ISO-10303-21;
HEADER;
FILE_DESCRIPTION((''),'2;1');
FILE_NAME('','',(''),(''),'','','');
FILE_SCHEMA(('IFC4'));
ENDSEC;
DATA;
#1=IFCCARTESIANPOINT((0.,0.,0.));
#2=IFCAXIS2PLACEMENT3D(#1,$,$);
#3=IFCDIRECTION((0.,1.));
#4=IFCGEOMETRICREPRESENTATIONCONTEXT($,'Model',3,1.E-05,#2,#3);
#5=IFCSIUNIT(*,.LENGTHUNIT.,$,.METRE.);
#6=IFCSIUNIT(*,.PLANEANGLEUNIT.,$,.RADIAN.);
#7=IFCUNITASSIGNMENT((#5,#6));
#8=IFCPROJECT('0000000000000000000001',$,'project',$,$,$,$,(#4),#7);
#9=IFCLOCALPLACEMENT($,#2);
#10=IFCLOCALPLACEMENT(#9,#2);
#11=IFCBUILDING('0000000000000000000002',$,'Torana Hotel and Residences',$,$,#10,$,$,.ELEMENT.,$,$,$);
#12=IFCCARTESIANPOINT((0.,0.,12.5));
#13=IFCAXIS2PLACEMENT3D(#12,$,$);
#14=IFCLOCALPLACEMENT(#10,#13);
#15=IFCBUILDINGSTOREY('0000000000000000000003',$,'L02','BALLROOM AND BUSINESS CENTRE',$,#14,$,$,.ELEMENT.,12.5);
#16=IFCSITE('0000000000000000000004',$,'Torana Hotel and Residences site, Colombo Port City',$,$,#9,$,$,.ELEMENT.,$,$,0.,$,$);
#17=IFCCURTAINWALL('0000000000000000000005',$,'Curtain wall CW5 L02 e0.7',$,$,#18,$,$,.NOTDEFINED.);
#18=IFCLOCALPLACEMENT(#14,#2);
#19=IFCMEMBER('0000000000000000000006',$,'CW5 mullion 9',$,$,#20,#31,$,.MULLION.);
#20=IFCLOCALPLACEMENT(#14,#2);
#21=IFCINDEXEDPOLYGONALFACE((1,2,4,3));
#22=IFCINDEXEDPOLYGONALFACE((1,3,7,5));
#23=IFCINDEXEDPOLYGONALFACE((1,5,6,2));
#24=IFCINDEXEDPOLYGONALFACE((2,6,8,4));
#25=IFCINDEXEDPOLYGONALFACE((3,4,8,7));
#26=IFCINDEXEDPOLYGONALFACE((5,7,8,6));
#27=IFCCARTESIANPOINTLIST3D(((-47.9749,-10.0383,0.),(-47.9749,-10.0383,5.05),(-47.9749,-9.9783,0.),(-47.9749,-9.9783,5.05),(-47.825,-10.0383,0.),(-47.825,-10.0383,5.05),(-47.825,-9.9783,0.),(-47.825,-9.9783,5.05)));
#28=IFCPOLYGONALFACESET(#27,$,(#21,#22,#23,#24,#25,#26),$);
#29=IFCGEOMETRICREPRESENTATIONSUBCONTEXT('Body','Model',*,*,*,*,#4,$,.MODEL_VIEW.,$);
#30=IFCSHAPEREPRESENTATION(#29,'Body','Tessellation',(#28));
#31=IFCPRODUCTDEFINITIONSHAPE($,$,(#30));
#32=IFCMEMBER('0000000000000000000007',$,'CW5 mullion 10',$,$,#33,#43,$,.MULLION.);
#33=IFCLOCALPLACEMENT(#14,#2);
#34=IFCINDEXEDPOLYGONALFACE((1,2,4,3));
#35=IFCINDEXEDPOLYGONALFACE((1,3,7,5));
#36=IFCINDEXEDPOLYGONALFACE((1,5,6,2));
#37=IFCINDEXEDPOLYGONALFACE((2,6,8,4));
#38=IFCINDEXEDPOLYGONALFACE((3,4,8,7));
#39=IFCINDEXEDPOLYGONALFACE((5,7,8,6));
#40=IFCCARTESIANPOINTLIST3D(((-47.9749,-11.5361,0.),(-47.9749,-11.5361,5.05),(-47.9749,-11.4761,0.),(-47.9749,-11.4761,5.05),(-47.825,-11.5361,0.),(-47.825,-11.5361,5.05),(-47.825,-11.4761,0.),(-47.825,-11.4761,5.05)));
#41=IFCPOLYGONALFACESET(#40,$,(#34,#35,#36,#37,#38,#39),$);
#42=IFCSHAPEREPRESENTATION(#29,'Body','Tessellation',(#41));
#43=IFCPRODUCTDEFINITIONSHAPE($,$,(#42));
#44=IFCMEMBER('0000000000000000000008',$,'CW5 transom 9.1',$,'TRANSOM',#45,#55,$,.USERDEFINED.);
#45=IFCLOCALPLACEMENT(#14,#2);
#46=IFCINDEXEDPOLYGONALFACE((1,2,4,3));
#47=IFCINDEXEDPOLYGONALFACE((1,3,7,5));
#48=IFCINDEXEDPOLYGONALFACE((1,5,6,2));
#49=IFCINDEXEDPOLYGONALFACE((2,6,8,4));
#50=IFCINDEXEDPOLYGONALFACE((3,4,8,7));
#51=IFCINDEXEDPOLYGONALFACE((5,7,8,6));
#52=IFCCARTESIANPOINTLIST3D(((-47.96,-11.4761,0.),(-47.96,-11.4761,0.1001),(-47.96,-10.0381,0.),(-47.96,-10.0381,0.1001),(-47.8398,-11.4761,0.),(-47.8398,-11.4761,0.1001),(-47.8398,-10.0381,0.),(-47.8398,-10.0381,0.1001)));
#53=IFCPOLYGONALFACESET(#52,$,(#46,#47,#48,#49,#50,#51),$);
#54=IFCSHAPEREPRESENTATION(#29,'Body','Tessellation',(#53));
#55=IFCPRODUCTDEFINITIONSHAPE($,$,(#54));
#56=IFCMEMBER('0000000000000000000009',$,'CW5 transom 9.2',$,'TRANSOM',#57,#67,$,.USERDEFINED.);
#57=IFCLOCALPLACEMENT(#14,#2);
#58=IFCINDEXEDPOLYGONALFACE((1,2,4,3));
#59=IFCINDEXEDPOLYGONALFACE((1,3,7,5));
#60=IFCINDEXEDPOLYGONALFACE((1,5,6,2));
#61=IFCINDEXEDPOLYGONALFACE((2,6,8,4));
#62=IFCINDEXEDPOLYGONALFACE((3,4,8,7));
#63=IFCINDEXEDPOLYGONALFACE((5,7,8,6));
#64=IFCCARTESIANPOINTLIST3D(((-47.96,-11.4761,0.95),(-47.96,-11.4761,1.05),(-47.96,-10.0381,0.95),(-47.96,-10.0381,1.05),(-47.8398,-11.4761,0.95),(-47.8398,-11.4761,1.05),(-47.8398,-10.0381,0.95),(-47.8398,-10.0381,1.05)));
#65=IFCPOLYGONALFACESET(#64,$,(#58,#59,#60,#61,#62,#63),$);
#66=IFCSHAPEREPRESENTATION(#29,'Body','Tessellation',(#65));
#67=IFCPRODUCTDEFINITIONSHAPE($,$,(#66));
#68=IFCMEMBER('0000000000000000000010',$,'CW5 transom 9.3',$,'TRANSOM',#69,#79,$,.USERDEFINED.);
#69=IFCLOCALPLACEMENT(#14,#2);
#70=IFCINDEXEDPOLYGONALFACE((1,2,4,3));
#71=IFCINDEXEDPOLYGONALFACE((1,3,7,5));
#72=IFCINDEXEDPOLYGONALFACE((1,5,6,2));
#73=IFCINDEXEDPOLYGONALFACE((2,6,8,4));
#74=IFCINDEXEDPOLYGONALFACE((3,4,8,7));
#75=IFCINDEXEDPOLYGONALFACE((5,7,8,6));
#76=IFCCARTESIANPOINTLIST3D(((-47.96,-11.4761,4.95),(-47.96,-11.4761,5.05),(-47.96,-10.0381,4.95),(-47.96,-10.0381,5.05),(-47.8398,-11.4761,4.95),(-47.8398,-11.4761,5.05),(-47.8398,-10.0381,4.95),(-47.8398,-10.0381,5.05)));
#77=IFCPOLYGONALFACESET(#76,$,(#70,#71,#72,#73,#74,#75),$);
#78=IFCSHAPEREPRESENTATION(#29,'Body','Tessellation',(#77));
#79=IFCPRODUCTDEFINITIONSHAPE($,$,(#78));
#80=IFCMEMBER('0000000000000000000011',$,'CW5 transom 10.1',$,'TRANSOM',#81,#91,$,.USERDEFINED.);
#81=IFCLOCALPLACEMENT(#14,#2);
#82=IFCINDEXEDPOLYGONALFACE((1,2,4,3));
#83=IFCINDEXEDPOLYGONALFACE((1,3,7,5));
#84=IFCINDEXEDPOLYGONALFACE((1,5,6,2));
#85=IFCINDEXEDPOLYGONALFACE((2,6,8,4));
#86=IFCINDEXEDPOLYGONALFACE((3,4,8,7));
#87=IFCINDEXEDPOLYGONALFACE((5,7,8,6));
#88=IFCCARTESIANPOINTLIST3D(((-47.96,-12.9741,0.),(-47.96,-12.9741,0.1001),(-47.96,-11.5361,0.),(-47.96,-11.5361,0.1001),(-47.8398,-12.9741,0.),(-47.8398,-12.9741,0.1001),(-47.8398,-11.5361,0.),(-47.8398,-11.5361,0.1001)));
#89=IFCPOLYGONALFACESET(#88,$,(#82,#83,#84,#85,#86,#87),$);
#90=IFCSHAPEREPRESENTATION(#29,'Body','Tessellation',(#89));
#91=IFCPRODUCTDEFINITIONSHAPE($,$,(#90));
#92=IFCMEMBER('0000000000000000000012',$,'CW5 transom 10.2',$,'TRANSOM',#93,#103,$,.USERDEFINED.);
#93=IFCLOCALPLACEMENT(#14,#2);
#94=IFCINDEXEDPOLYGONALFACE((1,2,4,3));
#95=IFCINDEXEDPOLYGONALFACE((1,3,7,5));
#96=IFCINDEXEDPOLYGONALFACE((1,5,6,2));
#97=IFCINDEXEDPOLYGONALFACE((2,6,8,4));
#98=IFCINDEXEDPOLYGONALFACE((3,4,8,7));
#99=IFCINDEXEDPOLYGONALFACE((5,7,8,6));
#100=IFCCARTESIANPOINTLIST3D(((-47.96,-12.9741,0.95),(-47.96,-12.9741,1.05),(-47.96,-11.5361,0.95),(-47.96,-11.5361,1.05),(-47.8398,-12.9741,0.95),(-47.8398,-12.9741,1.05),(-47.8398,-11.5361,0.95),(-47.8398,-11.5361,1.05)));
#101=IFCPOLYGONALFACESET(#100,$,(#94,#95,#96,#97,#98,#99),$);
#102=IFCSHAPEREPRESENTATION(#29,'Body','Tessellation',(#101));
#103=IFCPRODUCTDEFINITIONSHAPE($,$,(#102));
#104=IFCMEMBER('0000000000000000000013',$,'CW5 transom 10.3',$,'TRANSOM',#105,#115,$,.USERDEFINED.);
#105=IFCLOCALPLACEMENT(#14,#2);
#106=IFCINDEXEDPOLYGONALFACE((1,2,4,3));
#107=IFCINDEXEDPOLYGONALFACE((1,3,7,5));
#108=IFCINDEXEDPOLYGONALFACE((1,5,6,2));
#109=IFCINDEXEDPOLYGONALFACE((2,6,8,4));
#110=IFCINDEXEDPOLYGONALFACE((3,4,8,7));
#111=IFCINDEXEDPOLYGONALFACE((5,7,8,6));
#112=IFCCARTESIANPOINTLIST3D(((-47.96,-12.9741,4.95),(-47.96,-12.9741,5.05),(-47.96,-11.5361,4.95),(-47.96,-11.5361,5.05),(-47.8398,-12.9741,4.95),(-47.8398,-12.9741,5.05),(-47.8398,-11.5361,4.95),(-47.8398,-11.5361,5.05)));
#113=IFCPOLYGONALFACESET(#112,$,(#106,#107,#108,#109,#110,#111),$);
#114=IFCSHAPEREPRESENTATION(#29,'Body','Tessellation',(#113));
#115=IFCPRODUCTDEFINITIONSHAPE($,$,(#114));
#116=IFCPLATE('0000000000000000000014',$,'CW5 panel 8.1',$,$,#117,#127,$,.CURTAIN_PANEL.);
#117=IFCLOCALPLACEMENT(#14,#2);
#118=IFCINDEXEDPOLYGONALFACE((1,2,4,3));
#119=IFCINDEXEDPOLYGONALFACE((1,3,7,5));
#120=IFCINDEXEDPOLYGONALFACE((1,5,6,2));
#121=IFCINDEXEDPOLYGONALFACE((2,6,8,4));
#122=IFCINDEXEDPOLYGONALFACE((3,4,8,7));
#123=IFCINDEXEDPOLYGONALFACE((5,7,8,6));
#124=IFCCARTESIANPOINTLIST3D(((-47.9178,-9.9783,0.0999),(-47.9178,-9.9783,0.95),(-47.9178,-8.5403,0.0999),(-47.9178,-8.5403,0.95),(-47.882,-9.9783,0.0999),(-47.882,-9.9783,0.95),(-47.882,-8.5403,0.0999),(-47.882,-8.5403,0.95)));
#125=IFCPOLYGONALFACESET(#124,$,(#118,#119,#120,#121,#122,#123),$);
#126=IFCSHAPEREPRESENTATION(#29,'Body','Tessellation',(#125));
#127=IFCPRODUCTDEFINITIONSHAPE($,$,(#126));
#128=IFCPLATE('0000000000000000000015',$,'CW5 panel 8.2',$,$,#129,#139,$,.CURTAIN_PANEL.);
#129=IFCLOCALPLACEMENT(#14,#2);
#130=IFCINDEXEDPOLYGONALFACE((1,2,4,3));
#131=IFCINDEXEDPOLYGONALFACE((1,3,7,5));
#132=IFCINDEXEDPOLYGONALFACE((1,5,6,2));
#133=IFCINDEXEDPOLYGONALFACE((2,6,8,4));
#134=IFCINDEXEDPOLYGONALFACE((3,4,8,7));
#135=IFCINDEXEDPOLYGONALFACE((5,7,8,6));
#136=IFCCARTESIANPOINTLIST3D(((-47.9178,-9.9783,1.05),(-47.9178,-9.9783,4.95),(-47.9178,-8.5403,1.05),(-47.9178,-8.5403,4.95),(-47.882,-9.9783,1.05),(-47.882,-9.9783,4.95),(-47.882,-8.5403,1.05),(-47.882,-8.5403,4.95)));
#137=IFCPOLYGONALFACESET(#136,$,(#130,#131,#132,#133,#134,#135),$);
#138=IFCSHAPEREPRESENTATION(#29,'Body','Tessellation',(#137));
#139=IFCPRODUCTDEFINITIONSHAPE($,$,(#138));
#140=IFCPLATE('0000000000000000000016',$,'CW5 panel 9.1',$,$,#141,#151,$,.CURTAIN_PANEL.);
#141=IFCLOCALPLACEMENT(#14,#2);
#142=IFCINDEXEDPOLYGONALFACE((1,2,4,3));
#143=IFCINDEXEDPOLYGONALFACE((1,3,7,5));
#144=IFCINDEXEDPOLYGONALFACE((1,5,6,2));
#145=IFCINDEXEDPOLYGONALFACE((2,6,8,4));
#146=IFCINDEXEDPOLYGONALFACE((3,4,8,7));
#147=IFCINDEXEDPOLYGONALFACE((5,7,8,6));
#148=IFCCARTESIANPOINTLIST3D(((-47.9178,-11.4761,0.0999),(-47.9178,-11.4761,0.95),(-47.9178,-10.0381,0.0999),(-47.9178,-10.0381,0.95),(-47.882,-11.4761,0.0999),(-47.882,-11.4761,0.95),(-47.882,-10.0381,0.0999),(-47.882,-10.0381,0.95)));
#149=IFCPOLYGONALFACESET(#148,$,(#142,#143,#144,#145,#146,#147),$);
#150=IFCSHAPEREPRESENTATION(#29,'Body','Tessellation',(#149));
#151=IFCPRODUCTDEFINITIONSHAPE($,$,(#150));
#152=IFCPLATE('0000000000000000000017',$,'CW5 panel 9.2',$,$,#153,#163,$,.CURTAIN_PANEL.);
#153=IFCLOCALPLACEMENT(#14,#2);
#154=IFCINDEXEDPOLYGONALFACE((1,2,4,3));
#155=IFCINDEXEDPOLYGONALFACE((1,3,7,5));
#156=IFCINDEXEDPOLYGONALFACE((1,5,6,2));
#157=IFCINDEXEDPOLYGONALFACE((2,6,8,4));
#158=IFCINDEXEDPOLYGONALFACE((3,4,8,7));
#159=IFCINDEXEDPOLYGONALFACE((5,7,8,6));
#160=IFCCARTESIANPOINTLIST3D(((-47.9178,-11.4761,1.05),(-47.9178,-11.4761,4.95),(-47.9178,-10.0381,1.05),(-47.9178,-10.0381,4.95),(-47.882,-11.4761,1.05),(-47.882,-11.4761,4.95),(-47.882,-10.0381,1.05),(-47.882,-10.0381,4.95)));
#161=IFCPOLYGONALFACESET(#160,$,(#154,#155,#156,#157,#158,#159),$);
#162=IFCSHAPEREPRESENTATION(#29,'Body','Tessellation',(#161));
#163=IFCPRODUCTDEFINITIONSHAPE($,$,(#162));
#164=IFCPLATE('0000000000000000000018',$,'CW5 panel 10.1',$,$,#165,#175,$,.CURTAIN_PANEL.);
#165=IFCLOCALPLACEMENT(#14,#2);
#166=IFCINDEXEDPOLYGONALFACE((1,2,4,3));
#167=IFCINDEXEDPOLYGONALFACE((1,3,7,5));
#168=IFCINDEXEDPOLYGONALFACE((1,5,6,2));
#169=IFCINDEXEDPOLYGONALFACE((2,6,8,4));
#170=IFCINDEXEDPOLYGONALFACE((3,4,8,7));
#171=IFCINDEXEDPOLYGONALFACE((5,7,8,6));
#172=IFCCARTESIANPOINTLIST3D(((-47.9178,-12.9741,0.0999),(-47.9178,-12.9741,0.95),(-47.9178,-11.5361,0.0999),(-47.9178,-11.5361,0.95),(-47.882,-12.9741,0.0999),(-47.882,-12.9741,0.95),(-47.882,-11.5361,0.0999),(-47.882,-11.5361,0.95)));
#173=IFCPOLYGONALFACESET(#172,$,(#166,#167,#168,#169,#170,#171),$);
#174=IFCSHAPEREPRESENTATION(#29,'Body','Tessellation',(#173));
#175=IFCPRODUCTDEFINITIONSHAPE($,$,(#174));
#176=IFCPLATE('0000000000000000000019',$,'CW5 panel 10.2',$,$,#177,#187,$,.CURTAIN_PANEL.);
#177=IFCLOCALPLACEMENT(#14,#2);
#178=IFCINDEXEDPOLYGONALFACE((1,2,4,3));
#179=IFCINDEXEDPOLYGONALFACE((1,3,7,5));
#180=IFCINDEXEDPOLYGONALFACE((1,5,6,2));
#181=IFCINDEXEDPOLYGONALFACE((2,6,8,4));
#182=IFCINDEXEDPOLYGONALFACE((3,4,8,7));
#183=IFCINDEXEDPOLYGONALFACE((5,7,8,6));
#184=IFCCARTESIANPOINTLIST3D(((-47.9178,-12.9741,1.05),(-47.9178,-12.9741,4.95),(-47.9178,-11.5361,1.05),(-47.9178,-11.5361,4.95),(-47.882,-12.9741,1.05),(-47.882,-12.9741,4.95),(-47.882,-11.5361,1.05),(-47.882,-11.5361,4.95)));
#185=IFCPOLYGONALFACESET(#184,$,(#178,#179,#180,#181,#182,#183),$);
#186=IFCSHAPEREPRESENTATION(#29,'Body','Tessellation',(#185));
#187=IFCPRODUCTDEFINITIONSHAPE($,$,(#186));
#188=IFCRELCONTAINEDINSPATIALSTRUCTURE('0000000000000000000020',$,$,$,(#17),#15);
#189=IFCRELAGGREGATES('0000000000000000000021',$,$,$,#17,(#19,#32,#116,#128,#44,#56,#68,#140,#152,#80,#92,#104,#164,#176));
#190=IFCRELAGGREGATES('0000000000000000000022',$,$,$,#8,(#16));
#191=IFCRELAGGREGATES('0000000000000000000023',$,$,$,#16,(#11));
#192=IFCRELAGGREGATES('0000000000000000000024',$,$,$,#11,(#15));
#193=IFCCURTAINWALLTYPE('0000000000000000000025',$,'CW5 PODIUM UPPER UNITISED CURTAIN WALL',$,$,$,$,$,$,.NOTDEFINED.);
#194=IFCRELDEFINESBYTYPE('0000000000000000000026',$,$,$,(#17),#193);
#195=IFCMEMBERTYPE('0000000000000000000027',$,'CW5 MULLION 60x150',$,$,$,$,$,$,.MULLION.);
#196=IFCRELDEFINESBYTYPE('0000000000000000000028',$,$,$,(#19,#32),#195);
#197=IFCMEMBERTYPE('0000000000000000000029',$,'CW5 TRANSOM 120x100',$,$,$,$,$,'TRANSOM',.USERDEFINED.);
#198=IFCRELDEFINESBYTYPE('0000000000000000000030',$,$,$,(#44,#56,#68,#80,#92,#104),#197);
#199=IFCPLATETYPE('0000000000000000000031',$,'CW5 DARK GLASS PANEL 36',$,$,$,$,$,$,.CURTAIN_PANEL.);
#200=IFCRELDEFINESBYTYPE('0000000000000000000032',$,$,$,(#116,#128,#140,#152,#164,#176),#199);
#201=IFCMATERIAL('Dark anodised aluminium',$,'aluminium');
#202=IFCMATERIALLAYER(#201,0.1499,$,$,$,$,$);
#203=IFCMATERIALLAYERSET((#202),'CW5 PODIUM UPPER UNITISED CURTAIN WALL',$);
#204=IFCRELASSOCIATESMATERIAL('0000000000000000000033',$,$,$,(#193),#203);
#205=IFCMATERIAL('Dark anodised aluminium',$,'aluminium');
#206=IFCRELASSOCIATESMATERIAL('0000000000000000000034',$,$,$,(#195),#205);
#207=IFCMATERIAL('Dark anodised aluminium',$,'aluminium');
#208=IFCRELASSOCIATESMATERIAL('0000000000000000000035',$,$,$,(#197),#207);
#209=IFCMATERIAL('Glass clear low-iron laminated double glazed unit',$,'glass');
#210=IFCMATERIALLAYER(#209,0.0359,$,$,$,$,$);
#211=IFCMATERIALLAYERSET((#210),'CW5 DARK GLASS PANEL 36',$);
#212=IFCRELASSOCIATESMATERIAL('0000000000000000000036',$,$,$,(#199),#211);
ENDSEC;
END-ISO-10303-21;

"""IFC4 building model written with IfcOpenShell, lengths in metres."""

from ifc_helpers import new_model, si_unit, direction, frame, origin, origin_2d, place, context, subcontext, project, spatial, rectangle, extrude, material, layer, layer_set, material_profile, profile_set, type_object, element, aggregate, save


model = new_model("IFC4")

# Units and contexts
model_context = context("Model", 3, precision=1e-05, world=origin(), true_north=direction((0.0, 1.0)))
body_context = subcontext(model_context, "Body", "Model", "MODEL_VIEW")
ifc_project = project(units=[si_unit("LENGTHUNIT", "METRE"), si_unit("PLANEANGLEUNIT", "RADIAN")], contexts=[model_context])

# Site, building, storey
site_placement = place(None, origin())
site = spatial("IfcSite", under=ifc_project, at=site_placement, Name="Torana Hotel and Residences site, Colombo Port City", CompositionType="ELEMENT", RefElevation=0.0)
building_placement = place(site_placement, origin())
building = spatial("IfcBuilding", under=site, at=building_placement, Name="Torana Hotel and Residences", CompositionType="ELEMENT")
storey_placement = place(building_placement, frame((0.0, 0.0, 12.5)))
storey = spatial("IfcBuildingStorey", under=building, at=storey_placement, Name="L02", Description="BALLROOM AND BUSINESS CENTRE", CompositionType="ELEMENT", Elevation=12.5)

# Curtain wall, members, plates
ifc_material_1 = material(Name="Dark anodised aluminium", Category="aluminium")
ifc_layer_1 = layer(ifc_material_1, 0.1499)
ifc_layer_set_1 = layer_set([ifc_layer_1], Name="CW5 PODIUM UPPER UNITISED CURTAIN WALL")
curtain_wall_type = type_object("IfcCurtainWallType", Name="CW5 PODIUM UPPER UNITISED CURTAIN WALL", PredefinedType="NOTDEFINED", material=ifc_layer_set_1)
curtain_wall_placement = place(storey_placement, origin())
curtain_wall = element("IfcCurtainWall", 1, at=curtain_wall_placement, inside=storey, type_object=curtain_wall_type, Name="Curtain wall CW5 L02 e0.7", PredefinedType="NOTDEFINED")
ifc_material_2 = material(Name="Dark anodised aluminium", Category="aluminium")
ifc_material_profile_1 = material_profile(ifc_material_2, rectangle(XDim=0.1499, YDim=0.0601, at=origin_2d()), Name="CW5 MULLION 60x150")
ifc_profile_set_1 = profile_set([ifc_material_profile_1], Name="Dark anodised aluminium")
member_type_1 = type_object("IfcMemberType", Name="CW5 MULLION 60x150", PredefinedType="MULLION", material=ifc_profile_set_1)
member_1_placement = place(storey_placement, frame((-47.8999, -10.0083, 0.0), z_axis=(0.0, 0.0, 1.0), x_axis=(1.0, 0.0, 0.0)))
member_1 = element("IfcMember", 2, at=member_1_placement, type_object=member_type_1, Name="CW5 mullion 9", PredefinedType="MULLION", context=body_context, shape_type="SweptSolid", body=[
    extrude(rectangle(XDim=0.1499, YDim=0.0601, at=origin_2d()), origin(), (0.0, 0.0, 1.0), 5.05),
])
member_2_placement = place(storey_placement, frame((-47.8999, -11.5061, 0.0), z_axis=(0.0, 0.0, 1.0), x_axis=(1.0, 0.0, 0.0)))
member_2 = element("IfcMember", 3, at=member_2_placement, type_object=member_type_1, Name="CW5 mullion 10", PredefinedType="MULLION", context=body_context, shape_type="SweptSolid", body=[
    extrude(rectangle(XDim=0.1499, YDim=0.0601, at=origin_2d()), origin(), (0.0, 0.0, 1.0), 5.05),
])
ifc_material_3 = material(Name="Dark anodised aluminium", Category="aluminium")
ifc_material_profile_2 = material_profile(ifc_material_3, rectangle(XDim=0.1201, YDim=0.1001, at=origin_2d()), Name="CW5 TRANSOM 120x100")
ifc_profile_set_2 = profile_set([ifc_material_profile_2], Name="Dark anodised aluminium")
member_type_2 = type_object("IfcMemberType", Name="CW5 TRANSOM 120x100", ElementType="TRANSOM", PredefinedType="USERDEFINED", material=ifc_profile_set_2)
member_3_placement = place(storey_placement, frame((-47.8999, -10.0381, 0.05), z_axis=(0.0, -1.0, 0.0), x_axis=(1.0, 0.0, 0.0)))
member_3 = element("IfcMember", 4, at=member_3_placement, type_object=member_type_2, Name="CW5 transom 9.1", ObjectType="TRANSOM", PredefinedType="USERDEFINED", context=body_context, shape_type="SweptSolid", body=[
    extrude(rectangle(XDim=0.1201, YDim=0.1001, at=origin_2d()), origin(), (0.0, 0.0, 1.0), 1.438),
])
member_4_placement = place(storey_placement, frame((-47.8999, -10.0381, 1.0), z_axis=(0.0, -1.0, 0.0), x_axis=(1.0, 0.0, 0.0)))
member_4 = element("IfcMember", 5, at=member_4_placement, type_object=member_type_2, Name="CW5 transom 9.2", ObjectType="TRANSOM", PredefinedType="USERDEFINED", context=body_context, shape_type="SweptSolid", body=[
    extrude(rectangle(XDim=0.1201, YDim=0.1001, at=origin_2d()), origin(), (0.0, 0.0, 1.0), 1.438),
])
member_5_placement = place(storey_placement, frame((-47.8999, -10.0381, 5.0), z_axis=(0.0, -1.0, 0.0), x_axis=(1.0, 0.0, 0.0)))
member_5 = element("IfcMember", 6, at=member_5_placement, type_object=member_type_2, Name="CW5 transom 9.3", ObjectType="TRANSOM", PredefinedType="USERDEFINED", context=body_context, shape_type="SweptSolid", body=[
    extrude(rectangle(XDim=0.1201, YDim=0.1001, at=origin_2d()), origin(), (0.0, 0.0, 1.0), 1.438),
])
member_6_placement = place(storey_placement, frame((-47.8999, -11.5361, 0.05), z_axis=(0.0, -1.0, 0.0), x_axis=(1.0, 0.0, 0.0)))
member_6 = element("IfcMember", 7, at=member_6_placement, type_object=member_type_2, Name="CW5 transom 10.1", ObjectType="TRANSOM", PredefinedType="USERDEFINED", context=body_context, shape_type="SweptSolid", body=[
    extrude(rectangle(XDim=0.1201, YDim=0.1001, at=origin_2d()), origin(), (0.0, 0.0, 1.0), 1.438),
])
member_7_placement = place(storey_placement, frame((-47.8999, -11.5361, 1.0), z_axis=(0.0, -1.0, 0.0), x_axis=(1.0, 0.0, 0.0)))
member_7 = element("IfcMember", 8, at=member_7_placement, type_object=member_type_2, Name="CW5 transom 10.2", ObjectType="TRANSOM", PredefinedType="USERDEFINED", context=body_context, shape_type="SweptSolid", body=[
    extrude(rectangle(XDim=0.1201, YDim=0.1001, at=origin_2d()), origin(), (0.0, 0.0, 1.0), 1.438),
])
member_8_placement = place(storey_placement, frame((-47.8999, -11.5361, 5.0), z_axis=(0.0, -1.0, 0.0), x_axis=(1.0, 0.0, 0.0)))
member_8 = element("IfcMember", 9, at=member_8_placement, type_object=member_type_2, Name="CW5 transom 10.3", ObjectType="TRANSOM", PredefinedType="USERDEFINED", context=body_context, shape_type="SweptSolid", body=[
    extrude(rectangle(XDim=0.1201, YDim=0.1001, at=origin_2d()), origin(), (0.0, 0.0, 1.0), 1.438),
])
ifc_material_4 = material(Name="Glass clear low-iron laminated double glazed unit", Category="glass")
ifc_layer_2 = layer(ifc_material_4, 0.0359)
ifc_layer_set_2 = layer_set([ifc_layer_2], Name="CW5 DARK GLASS PANEL 36")
plate_type = type_object("IfcPlateType", Name="CW5 DARK GLASS PANEL 36", PredefinedType="CURTAIN_PANEL", material=ifc_layer_set_2)
plate_1_placement = place(storey_placement, frame((-47.8999, -9.2593, 0.0999), z_axis=(0.0, 0.0, 1.0), x_axis=(0.0, -1.0, 0.0)))
plate_1 = element("IfcPlate", 10, at=plate_1_placement, type_object=plate_type, Name="CW5 panel 8.1", PredefinedType="CURTAIN_PANEL", context=body_context, shape_type="SweptSolid", body=[
    extrude(rectangle(XDim=1.438, YDim=0.0359, at=origin_2d()), origin(), (0.0, 0.0, 1.0), 0.8501),
])
plate_2_placement = place(storey_placement, frame((-47.8999, -9.2593, 1.05), z_axis=(0.0, 0.0, 1.0), x_axis=(0.0, -1.0, 0.0)))
plate_2 = element("IfcPlate", 11, at=plate_2_placement, type_object=plate_type, Name="CW5 panel 8.2", PredefinedType="CURTAIN_PANEL", context=body_context, shape_type="SweptSolid", body=[
    extrude(rectangle(XDim=1.438, YDim=0.0359, at=origin_2d()), origin(), (0.0, 0.0, 1.0), 3.8999),
])
plate_3_placement = place(storey_placement, frame((-47.8999, -10.7571, 0.0999), z_axis=(0.0, 0.0, 1.0), x_axis=(0.0, -1.0, 0.0)))
plate_3 = element("IfcPlate", 12, at=plate_3_placement, type_object=plate_type, Name="CW5 panel 9.1", PredefinedType="CURTAIN_PANEL", context=body_context, shape_type="SweptSolid", body=[
    extrude(rectangle(XDim=1.438, YDim=0.0359, at=origin_2d()), origin(), (0.0, 0.0, 1.0), 0.8501),
])
plate_4_placement = place(storey_placement, frame((-47.8999, -10.7571, 1.05), z_axis=(0.0, 0.0, 1.0), x_axis=(0.0, -1.0, 0.0)))
plate_4 = element("IfcPlate", 13, at=plate_4_placement, type_object=plate_type, Name="CW5 panel 9.2", PredefinedType="CURTAIN_PANEL", context=body_context, shape_type="SweptSolid", body=[
    extrude(rectangle(XDim=1.438, YDim=0.0359, at=origin_2d()), origin(), (0.0, 0.0, 1.0), 3.8999),
])
plate_5_placement = place(storey_placement, frame((-47.8999, -12.2551, 0.0999), z_axis=(0.0, 0.0, 1.0), x_axis=(0.0, -1.0, 0.0)))
plate_5 = element("IfcPlate", 14, at=plate_5_placement, type_object=plate_type, Name="CW5 panel 10.1", PredefinedType="CURTAIN_PANEL", context=body_context, shape_type="SweptSolid", body=[
    extrude(rectangle(XDim=1.438, YDim=0.0359, at=origin_2d()), origin(), (0.0, 0.0, 1.0), 0.8501),
])
plate_6_placement = place(storey_placement, frame((-47.8999, -12.2551, 1.05), z_axis=(0.0, 0.0, 1.0), x_axis=(0.0, -1.0, 0.0)))
plate_6 = element("IfcPlate", 15, at=plate_6_placement, type_object=plate_type, Name="CW5 panel 10.2", PredefinedType="CURTAIN_PANEL", context=body_context, shape_type="SweptSolid", body=[
    extrude(rectangle(XDim=1.438, YDim=0.0359, at=origin_2d()), origin(), (0.0, 0.0, 1.0), 3.8999),
])
aggregate(curtain_wall, [member_1, member_2, plate_1, plate_2, member_3, member_4, member_5, plate_3, plate_4, member_6, member_7, member_8, plate_5, plate_6])

save(model, "model.ifc")
